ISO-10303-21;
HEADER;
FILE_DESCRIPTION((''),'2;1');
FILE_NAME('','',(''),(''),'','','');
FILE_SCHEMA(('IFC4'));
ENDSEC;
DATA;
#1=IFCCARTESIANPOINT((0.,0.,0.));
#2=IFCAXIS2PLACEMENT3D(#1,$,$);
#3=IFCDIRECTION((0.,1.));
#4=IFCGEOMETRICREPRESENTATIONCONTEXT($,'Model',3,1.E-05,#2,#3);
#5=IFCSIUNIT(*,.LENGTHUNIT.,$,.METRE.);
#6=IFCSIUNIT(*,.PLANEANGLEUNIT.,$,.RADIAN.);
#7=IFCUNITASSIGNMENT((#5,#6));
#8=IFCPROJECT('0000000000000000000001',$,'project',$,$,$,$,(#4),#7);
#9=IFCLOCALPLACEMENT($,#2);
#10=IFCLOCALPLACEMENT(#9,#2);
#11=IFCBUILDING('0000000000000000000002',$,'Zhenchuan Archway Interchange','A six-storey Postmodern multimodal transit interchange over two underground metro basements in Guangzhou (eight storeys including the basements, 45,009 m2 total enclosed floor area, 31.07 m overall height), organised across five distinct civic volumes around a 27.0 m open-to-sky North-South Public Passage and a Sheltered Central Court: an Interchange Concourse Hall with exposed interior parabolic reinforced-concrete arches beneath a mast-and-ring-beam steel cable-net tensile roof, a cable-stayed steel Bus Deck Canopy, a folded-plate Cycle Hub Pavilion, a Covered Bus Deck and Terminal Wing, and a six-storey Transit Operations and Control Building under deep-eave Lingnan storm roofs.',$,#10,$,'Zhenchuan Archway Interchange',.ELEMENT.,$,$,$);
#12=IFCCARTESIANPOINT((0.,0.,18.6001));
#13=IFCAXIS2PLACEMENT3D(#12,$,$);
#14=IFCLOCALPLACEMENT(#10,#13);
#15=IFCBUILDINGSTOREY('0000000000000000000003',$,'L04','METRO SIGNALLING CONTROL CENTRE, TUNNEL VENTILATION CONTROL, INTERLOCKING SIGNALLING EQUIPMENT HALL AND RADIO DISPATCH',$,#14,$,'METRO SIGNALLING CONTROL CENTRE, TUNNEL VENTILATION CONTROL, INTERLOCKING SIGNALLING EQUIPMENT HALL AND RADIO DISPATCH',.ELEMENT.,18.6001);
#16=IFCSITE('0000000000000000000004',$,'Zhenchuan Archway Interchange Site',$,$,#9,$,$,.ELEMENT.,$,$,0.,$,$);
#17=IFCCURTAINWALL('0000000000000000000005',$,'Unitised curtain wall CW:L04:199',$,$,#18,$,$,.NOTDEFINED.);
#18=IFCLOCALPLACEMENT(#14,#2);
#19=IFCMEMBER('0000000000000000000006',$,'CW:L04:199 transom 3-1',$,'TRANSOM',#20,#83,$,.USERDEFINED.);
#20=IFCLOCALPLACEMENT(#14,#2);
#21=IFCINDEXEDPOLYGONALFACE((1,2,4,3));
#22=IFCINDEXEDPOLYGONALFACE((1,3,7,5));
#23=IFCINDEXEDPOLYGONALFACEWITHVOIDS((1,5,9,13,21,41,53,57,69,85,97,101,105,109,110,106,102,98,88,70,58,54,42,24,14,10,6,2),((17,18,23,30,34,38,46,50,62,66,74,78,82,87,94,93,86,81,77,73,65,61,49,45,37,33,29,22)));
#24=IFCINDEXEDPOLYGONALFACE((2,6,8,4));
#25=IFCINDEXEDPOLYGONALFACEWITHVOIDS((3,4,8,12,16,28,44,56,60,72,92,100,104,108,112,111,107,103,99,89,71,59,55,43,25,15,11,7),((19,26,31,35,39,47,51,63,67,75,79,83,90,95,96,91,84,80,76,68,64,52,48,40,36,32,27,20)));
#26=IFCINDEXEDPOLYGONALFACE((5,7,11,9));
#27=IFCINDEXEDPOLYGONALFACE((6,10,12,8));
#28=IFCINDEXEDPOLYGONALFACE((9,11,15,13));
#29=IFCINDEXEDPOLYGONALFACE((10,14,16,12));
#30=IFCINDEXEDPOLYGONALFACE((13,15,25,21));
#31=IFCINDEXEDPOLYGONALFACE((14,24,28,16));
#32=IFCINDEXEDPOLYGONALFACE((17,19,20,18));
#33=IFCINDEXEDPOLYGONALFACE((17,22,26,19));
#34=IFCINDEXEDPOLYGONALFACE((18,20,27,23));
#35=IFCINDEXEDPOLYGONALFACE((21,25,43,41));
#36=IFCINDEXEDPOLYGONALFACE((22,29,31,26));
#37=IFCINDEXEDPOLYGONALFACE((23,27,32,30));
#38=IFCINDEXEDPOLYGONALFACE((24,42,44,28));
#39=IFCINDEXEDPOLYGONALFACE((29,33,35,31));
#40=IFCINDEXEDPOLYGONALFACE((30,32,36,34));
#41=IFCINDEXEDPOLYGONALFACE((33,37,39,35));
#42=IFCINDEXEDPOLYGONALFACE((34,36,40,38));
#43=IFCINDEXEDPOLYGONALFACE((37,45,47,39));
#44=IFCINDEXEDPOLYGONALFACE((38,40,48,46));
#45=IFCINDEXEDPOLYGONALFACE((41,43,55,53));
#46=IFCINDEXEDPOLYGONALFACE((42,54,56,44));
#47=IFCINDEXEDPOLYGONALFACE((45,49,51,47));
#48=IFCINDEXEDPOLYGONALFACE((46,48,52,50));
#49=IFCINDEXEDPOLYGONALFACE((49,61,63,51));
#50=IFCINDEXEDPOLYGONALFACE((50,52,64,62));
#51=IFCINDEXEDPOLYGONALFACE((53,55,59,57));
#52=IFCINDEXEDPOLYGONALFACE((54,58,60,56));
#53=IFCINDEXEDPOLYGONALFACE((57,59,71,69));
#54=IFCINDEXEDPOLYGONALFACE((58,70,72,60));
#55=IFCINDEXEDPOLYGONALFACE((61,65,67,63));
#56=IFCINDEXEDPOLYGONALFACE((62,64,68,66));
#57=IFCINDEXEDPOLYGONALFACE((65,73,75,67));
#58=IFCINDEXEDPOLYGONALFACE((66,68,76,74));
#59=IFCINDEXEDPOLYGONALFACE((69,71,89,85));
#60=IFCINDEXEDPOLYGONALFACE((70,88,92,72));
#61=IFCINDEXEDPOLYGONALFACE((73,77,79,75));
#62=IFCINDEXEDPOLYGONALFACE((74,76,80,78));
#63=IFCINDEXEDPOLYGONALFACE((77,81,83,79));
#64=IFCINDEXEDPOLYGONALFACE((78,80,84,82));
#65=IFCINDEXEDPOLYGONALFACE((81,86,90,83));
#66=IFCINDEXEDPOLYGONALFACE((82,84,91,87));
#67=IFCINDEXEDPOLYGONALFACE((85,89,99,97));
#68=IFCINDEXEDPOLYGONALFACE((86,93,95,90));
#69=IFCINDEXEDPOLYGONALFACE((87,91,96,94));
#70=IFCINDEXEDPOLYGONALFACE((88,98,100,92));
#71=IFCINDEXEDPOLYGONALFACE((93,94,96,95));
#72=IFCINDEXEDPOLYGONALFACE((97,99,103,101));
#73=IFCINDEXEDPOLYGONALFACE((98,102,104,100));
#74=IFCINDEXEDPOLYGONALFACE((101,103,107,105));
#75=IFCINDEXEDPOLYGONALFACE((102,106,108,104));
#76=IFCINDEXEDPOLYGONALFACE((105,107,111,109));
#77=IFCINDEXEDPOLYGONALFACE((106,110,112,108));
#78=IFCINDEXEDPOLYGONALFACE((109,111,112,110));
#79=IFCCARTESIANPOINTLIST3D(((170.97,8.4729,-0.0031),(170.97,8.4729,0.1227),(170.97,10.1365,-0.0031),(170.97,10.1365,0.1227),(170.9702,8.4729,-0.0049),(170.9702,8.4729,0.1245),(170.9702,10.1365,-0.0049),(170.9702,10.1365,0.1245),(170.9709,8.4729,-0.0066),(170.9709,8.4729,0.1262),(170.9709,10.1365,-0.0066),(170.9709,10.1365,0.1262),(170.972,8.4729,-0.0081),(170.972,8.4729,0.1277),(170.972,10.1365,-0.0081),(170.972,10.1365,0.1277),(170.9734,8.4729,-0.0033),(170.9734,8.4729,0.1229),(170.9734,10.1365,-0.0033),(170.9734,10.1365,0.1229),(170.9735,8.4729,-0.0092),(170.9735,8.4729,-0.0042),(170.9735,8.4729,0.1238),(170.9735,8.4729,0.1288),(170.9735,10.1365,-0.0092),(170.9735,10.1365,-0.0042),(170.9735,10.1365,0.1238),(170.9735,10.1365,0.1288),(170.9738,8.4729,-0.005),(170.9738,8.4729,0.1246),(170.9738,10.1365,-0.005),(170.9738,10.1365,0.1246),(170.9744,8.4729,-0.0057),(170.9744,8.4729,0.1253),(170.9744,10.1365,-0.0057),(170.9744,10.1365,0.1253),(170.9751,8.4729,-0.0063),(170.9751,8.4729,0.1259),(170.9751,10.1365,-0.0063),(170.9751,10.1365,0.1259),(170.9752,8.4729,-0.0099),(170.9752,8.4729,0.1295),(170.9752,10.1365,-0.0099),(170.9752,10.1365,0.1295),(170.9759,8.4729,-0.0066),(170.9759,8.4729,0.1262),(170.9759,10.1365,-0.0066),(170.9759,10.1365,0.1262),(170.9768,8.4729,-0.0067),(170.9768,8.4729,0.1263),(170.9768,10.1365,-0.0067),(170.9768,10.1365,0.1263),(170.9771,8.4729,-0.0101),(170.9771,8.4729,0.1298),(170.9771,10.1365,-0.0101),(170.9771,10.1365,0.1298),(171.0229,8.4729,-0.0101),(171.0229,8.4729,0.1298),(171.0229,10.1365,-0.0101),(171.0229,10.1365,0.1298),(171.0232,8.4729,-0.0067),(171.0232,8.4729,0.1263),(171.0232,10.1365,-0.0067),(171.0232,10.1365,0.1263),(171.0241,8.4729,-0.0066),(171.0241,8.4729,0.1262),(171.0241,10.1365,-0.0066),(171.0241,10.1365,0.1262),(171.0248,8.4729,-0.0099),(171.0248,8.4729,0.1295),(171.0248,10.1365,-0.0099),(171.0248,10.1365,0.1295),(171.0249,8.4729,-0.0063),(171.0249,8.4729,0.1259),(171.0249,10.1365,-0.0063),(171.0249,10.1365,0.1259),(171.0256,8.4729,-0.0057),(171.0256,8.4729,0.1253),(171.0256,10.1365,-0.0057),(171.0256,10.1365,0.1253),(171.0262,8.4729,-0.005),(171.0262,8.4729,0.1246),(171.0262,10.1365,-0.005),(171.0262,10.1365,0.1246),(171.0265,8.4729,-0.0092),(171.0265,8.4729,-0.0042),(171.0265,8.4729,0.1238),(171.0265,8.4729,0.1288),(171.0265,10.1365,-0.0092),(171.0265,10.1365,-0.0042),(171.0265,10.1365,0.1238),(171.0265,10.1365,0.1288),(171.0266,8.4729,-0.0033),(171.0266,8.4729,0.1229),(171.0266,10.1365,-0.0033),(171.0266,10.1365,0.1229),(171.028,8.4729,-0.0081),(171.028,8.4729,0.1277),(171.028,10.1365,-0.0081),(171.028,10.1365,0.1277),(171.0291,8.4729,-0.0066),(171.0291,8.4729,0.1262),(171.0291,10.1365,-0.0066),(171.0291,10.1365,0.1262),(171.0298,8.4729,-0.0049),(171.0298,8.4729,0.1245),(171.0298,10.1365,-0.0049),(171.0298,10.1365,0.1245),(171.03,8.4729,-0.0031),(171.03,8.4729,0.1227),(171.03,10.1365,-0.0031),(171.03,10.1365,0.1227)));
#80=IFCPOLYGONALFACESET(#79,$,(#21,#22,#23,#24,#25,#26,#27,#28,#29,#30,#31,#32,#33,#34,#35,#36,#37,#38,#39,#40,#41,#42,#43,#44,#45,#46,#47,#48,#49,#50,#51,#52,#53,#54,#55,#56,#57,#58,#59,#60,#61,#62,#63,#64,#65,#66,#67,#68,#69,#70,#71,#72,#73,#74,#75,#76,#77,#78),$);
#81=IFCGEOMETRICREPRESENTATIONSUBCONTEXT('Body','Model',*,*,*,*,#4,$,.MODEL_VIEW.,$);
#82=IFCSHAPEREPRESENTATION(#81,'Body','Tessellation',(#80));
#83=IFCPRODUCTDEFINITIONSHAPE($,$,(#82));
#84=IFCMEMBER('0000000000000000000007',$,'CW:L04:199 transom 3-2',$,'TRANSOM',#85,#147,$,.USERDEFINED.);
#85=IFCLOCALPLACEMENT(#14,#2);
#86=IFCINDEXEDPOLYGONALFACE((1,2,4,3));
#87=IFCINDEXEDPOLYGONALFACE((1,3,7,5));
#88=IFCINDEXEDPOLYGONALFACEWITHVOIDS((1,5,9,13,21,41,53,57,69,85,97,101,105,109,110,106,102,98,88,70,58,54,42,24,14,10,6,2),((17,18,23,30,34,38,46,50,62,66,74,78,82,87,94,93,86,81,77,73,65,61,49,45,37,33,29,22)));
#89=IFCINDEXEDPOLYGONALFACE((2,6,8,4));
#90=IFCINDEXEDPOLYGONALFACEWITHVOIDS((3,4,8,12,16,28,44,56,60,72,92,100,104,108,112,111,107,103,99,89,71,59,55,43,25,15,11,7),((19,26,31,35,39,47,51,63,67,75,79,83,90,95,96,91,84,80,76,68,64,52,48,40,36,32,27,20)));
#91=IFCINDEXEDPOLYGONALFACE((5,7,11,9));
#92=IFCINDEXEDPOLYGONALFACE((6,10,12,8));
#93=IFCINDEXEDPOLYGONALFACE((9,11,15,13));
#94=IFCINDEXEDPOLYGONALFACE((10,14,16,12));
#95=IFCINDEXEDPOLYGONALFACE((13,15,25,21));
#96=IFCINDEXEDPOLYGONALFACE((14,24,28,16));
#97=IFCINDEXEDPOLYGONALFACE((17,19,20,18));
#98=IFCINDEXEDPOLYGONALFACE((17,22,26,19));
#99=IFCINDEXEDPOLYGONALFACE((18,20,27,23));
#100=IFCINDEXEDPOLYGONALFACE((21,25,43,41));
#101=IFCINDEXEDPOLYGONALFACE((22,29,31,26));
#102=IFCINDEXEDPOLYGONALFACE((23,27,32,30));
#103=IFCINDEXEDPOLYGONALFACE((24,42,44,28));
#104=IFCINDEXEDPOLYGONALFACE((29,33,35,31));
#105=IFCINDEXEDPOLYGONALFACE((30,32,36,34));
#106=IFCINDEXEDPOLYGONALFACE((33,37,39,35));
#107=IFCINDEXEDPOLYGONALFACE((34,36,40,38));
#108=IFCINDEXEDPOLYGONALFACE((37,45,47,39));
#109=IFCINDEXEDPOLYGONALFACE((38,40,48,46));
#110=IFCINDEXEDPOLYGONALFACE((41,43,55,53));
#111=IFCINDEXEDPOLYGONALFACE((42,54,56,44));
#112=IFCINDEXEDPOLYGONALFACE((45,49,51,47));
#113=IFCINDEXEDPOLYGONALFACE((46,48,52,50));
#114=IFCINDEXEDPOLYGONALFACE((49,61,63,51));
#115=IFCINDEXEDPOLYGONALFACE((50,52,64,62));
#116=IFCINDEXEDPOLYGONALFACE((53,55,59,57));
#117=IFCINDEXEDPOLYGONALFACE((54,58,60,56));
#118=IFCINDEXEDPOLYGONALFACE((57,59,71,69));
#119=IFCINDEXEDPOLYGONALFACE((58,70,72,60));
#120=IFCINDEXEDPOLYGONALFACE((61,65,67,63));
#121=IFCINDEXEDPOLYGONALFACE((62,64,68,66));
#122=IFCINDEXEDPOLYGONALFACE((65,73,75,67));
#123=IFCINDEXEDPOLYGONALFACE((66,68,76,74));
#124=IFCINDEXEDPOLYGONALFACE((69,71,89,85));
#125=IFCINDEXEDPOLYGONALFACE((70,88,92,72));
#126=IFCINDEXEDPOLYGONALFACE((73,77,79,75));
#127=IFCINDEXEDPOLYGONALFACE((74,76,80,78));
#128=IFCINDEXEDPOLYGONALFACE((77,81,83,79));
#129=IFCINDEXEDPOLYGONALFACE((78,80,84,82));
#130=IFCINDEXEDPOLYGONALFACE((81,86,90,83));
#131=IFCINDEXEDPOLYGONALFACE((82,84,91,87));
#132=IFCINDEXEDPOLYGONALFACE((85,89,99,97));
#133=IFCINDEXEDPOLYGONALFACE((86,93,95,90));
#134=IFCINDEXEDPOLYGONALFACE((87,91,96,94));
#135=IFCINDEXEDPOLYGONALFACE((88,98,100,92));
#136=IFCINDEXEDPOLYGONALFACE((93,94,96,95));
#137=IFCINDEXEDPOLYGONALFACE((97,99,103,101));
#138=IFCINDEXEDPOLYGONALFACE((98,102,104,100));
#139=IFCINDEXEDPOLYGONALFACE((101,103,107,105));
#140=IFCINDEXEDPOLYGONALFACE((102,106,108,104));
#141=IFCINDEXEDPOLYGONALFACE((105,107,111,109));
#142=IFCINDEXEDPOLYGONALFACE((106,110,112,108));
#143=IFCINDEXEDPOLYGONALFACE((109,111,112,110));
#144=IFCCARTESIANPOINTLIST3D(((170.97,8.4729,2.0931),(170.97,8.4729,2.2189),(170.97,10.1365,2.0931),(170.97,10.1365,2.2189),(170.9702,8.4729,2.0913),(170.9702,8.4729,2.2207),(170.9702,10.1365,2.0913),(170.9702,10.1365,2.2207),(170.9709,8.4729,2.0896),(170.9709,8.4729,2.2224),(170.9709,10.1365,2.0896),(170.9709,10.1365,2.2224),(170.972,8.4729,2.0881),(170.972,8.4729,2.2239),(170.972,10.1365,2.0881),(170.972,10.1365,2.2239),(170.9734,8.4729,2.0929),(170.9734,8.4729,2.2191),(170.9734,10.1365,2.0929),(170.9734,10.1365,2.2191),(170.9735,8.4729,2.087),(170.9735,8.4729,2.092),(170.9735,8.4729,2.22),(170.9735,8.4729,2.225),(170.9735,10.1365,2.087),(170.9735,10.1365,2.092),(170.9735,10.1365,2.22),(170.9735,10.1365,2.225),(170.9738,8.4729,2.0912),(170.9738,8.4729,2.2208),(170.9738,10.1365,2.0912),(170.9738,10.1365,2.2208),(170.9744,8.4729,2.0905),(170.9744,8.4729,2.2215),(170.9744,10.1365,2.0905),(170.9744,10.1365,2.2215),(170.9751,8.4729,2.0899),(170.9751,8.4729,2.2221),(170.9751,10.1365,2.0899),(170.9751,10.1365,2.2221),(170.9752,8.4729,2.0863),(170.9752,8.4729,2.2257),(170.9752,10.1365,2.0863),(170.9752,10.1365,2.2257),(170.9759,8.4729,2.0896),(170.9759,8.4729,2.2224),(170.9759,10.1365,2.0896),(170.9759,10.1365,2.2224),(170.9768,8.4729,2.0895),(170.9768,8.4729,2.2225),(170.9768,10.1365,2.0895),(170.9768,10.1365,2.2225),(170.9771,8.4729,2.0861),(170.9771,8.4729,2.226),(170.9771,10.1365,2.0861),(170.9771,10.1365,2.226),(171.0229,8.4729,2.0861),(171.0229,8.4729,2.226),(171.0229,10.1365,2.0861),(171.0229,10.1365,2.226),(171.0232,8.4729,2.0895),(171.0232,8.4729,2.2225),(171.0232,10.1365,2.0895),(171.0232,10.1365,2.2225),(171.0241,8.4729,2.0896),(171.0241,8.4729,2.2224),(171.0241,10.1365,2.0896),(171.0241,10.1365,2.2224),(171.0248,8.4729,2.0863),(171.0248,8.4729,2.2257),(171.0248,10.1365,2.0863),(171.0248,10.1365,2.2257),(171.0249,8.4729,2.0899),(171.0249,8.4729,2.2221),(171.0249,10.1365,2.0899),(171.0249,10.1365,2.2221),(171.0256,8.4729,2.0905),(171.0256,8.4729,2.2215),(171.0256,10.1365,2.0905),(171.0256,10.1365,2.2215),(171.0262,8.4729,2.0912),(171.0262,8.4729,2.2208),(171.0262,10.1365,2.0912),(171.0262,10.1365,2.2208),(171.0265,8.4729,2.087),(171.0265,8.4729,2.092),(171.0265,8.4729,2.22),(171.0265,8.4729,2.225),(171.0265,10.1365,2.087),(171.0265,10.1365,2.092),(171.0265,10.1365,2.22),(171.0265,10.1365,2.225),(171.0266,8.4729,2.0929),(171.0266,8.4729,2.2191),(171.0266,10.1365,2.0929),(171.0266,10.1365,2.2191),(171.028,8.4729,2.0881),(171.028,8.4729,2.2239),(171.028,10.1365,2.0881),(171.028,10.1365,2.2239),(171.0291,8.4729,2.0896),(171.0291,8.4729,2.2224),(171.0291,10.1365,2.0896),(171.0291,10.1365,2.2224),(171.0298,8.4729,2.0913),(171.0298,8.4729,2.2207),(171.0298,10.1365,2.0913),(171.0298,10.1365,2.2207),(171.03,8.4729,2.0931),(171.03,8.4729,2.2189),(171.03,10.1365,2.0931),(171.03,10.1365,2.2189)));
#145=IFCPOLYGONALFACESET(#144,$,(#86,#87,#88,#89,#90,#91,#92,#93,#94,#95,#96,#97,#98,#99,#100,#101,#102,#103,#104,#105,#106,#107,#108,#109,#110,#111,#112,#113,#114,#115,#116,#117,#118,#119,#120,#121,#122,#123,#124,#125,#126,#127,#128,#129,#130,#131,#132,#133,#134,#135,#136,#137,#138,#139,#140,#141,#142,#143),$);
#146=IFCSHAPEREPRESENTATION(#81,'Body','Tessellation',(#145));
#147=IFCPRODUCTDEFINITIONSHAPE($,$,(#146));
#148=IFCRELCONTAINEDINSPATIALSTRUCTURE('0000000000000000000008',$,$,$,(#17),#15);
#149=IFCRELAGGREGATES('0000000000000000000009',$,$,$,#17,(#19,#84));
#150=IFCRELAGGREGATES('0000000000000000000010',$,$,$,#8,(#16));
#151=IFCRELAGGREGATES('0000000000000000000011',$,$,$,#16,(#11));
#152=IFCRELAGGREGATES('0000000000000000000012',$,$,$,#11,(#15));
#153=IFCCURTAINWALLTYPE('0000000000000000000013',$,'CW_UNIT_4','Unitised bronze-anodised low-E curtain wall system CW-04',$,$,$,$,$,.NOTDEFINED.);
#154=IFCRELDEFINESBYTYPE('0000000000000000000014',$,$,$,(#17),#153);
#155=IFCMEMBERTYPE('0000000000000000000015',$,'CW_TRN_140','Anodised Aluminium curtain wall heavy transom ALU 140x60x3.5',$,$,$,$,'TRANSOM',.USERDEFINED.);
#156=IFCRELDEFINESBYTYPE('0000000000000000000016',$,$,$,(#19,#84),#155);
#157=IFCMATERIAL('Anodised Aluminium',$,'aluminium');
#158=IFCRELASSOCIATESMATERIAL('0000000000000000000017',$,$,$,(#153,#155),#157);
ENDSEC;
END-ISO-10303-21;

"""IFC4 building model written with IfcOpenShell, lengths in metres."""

from ifc_helpers import new_model, si_unit, direction, frame, origin, origin_2d, place, context, subcontext, project, spatial, hollow_rectangle, extrude, material, material_profile, profile_set, type_object, element, aggregate, save


model = new_model("IFC4")

# Units and contexts
model_context = context("Model", 3, precision=1e-05, world=origin(), true_north=direction((0.0, 1.0)))
body_context = subcontext(model_context, "Body", "Model", "MODEL_VIEW")
ifc_project = project(units=[si_unit("LENGTHUNIT", "METRE"), si_unit("PLANEANGLEUNIT", "RADIAN")], contexts=[model_context])

# Site, building, storey
site_placement = place(None, origin())
site = spatial("IfcSite", under=ifc_project, at=site_placement, Name="Zhenchuan Archway Interchange Site", CompositionType="ELEMENT", RefElevation=0.0)
building_placement = place(site_placement, origin())
building = spatial("IfcBuilding", under=site, at=building_placement, Name="Zhenchuan Archway Interchange", Description="A six-storey Postmodern multimodal transit interchange over two underground metro basements in Guangzhou (eight storeys including the basements, 45,009 m2 total enclosed floor area, 31.07 m overall height), organised across five distinct civic volumes around a 27.0 m open-to-sky North-South Public Passage and a Sheltered Central Court: an Interchange Concourse Hall with exposed interior parabolic reinforced-concrete arches beneath a mast-and-ring-beam steel cable-net tensile roof, a cable-stayed steel Bus Deck Canopy, a folded-plate Cycle Hub Pavilion, a Covered Bus Deck and Terminal Wing, and a six-storey Transit Operations and Control Building under deep-eave Lingnan storm roofs.", LongName="Zhenchuan Archway Interchange", CompositionType="ELEMENT")
storey_placement = place(building_placement, frame((0.0, 0.0, 18.6001)))
storey = spatial("IfcBuildingStorey", under=building, at=storey_placement, Name="L04", Description="METRO SIGNALLING CONTROL CENTRE, TUNNEL VENTILATION CONTROL, INTERLOCKING SIGNALLING EQUIPMENT HALL AND RADIO DISPATCH", LongName="METRO SIGNALLING CONTROL CENTRE, TUNNEL VENTILATION CONTROL, INTERLOCKING SIGNALLING EQUIPMENT HALL AND RADIO DISPATCH", CompositionType="ELEMENT", Elevation=18.6001)

# Curtain wall, members
ifc_material_1 = material(Name="Anodised Aluminium", Category="aluminium")
curtain_wall_type = type_object("IfcCurtainWallType", Name="CW_UNIT_4", Description="Unitised bronze-anodised low-E curtain wall system CW-04", PredefinedType="NOTDEFINED", material=ifc_material_1)
curtain_wall_placement = place(storey_placement, origin())
curtain_wall = element("IfcCurtainWall", 1, at=curtain_wall_placement, inside=storey, type_object=curtain_wall_type, Name="Unitised curtain wall CW:L04:199", PredefinedType="NOTDEFINED")
ifc_material_profile_1 = material_profile(ifc_material_1, hollow_rectangle(XDim=0.0601, YDim=0.1399, WallThickness=0.0034, InnerFilletRadius=0.0034, OuterFilletRadius=0.0071, at=origin_2d()), Name="ALU 140x60x3.5")
ifc_profile_set_1 = profile_set([ifc_material_profile_1], Name="Anodised Aluminium")
member_type_1 = type_object("IfcMemberType", Name="CW_TRN_140", Description="Anodised Aluminium curtain wall heavy transom ALU 140x60x3.5", ElementType="TRANSOM", PredefinedType="USERDEFINED", material=ifc_profile_set_1)
member_1_placement = place(storey_placement, frame((171.0, 10.1365, 0.0598), z_axis=(0.0, -1.0, 0.0), x_axis=(1.0, 0.0, 0.0)))
member_1 = element("IfcMember", 2, at=member_1_placement, type_object=member_type_1, Name="CW:L04:199 transom 3-1", ObjectType="TRANSOM", PredefinedType="USERDEFINED", context=body_context, shape_type="SweptSolid", body=[
    extrude(hollow_rectangle(XDim=0.0601, YDim=0.1399, WallThickness=0.0034, InnerFilletRadius=0.0034, OuterFilletRadius=0.0071, at=origin_2d()), origin(), (0.0, 0.0, 1.0), 1.6636),
])
member_2_placement = place(storey_placement, frame((171.0, 10.1365, 2.156), z_axis=(0.0, -1.0, 0.0), x_axis=(1.0, 0.0, 0.0)))
member_2 = element("IfcMember", 3, at=member_2_placement, type_object=member_type_1, Name="CW:L04:199 transom 3-2", ObjectType="TRANSOM", PredefinedType="USERDEFINED", context=body_context, shape_type="SweptSolid", body=[
    extrude(hollow_rectangle(XDim=0.0601, YDim=0.1399, WallThickness=0.0034, InnerFilletRadius=0.0034, OuterFilletRadius=0.0071, at=origin_2d()), origin(), (0.0, 0.0, 1.0), 1.6636),
])

aggregate(curtain_wall, [member_1, member_2])

save(model, "model.ifc")
